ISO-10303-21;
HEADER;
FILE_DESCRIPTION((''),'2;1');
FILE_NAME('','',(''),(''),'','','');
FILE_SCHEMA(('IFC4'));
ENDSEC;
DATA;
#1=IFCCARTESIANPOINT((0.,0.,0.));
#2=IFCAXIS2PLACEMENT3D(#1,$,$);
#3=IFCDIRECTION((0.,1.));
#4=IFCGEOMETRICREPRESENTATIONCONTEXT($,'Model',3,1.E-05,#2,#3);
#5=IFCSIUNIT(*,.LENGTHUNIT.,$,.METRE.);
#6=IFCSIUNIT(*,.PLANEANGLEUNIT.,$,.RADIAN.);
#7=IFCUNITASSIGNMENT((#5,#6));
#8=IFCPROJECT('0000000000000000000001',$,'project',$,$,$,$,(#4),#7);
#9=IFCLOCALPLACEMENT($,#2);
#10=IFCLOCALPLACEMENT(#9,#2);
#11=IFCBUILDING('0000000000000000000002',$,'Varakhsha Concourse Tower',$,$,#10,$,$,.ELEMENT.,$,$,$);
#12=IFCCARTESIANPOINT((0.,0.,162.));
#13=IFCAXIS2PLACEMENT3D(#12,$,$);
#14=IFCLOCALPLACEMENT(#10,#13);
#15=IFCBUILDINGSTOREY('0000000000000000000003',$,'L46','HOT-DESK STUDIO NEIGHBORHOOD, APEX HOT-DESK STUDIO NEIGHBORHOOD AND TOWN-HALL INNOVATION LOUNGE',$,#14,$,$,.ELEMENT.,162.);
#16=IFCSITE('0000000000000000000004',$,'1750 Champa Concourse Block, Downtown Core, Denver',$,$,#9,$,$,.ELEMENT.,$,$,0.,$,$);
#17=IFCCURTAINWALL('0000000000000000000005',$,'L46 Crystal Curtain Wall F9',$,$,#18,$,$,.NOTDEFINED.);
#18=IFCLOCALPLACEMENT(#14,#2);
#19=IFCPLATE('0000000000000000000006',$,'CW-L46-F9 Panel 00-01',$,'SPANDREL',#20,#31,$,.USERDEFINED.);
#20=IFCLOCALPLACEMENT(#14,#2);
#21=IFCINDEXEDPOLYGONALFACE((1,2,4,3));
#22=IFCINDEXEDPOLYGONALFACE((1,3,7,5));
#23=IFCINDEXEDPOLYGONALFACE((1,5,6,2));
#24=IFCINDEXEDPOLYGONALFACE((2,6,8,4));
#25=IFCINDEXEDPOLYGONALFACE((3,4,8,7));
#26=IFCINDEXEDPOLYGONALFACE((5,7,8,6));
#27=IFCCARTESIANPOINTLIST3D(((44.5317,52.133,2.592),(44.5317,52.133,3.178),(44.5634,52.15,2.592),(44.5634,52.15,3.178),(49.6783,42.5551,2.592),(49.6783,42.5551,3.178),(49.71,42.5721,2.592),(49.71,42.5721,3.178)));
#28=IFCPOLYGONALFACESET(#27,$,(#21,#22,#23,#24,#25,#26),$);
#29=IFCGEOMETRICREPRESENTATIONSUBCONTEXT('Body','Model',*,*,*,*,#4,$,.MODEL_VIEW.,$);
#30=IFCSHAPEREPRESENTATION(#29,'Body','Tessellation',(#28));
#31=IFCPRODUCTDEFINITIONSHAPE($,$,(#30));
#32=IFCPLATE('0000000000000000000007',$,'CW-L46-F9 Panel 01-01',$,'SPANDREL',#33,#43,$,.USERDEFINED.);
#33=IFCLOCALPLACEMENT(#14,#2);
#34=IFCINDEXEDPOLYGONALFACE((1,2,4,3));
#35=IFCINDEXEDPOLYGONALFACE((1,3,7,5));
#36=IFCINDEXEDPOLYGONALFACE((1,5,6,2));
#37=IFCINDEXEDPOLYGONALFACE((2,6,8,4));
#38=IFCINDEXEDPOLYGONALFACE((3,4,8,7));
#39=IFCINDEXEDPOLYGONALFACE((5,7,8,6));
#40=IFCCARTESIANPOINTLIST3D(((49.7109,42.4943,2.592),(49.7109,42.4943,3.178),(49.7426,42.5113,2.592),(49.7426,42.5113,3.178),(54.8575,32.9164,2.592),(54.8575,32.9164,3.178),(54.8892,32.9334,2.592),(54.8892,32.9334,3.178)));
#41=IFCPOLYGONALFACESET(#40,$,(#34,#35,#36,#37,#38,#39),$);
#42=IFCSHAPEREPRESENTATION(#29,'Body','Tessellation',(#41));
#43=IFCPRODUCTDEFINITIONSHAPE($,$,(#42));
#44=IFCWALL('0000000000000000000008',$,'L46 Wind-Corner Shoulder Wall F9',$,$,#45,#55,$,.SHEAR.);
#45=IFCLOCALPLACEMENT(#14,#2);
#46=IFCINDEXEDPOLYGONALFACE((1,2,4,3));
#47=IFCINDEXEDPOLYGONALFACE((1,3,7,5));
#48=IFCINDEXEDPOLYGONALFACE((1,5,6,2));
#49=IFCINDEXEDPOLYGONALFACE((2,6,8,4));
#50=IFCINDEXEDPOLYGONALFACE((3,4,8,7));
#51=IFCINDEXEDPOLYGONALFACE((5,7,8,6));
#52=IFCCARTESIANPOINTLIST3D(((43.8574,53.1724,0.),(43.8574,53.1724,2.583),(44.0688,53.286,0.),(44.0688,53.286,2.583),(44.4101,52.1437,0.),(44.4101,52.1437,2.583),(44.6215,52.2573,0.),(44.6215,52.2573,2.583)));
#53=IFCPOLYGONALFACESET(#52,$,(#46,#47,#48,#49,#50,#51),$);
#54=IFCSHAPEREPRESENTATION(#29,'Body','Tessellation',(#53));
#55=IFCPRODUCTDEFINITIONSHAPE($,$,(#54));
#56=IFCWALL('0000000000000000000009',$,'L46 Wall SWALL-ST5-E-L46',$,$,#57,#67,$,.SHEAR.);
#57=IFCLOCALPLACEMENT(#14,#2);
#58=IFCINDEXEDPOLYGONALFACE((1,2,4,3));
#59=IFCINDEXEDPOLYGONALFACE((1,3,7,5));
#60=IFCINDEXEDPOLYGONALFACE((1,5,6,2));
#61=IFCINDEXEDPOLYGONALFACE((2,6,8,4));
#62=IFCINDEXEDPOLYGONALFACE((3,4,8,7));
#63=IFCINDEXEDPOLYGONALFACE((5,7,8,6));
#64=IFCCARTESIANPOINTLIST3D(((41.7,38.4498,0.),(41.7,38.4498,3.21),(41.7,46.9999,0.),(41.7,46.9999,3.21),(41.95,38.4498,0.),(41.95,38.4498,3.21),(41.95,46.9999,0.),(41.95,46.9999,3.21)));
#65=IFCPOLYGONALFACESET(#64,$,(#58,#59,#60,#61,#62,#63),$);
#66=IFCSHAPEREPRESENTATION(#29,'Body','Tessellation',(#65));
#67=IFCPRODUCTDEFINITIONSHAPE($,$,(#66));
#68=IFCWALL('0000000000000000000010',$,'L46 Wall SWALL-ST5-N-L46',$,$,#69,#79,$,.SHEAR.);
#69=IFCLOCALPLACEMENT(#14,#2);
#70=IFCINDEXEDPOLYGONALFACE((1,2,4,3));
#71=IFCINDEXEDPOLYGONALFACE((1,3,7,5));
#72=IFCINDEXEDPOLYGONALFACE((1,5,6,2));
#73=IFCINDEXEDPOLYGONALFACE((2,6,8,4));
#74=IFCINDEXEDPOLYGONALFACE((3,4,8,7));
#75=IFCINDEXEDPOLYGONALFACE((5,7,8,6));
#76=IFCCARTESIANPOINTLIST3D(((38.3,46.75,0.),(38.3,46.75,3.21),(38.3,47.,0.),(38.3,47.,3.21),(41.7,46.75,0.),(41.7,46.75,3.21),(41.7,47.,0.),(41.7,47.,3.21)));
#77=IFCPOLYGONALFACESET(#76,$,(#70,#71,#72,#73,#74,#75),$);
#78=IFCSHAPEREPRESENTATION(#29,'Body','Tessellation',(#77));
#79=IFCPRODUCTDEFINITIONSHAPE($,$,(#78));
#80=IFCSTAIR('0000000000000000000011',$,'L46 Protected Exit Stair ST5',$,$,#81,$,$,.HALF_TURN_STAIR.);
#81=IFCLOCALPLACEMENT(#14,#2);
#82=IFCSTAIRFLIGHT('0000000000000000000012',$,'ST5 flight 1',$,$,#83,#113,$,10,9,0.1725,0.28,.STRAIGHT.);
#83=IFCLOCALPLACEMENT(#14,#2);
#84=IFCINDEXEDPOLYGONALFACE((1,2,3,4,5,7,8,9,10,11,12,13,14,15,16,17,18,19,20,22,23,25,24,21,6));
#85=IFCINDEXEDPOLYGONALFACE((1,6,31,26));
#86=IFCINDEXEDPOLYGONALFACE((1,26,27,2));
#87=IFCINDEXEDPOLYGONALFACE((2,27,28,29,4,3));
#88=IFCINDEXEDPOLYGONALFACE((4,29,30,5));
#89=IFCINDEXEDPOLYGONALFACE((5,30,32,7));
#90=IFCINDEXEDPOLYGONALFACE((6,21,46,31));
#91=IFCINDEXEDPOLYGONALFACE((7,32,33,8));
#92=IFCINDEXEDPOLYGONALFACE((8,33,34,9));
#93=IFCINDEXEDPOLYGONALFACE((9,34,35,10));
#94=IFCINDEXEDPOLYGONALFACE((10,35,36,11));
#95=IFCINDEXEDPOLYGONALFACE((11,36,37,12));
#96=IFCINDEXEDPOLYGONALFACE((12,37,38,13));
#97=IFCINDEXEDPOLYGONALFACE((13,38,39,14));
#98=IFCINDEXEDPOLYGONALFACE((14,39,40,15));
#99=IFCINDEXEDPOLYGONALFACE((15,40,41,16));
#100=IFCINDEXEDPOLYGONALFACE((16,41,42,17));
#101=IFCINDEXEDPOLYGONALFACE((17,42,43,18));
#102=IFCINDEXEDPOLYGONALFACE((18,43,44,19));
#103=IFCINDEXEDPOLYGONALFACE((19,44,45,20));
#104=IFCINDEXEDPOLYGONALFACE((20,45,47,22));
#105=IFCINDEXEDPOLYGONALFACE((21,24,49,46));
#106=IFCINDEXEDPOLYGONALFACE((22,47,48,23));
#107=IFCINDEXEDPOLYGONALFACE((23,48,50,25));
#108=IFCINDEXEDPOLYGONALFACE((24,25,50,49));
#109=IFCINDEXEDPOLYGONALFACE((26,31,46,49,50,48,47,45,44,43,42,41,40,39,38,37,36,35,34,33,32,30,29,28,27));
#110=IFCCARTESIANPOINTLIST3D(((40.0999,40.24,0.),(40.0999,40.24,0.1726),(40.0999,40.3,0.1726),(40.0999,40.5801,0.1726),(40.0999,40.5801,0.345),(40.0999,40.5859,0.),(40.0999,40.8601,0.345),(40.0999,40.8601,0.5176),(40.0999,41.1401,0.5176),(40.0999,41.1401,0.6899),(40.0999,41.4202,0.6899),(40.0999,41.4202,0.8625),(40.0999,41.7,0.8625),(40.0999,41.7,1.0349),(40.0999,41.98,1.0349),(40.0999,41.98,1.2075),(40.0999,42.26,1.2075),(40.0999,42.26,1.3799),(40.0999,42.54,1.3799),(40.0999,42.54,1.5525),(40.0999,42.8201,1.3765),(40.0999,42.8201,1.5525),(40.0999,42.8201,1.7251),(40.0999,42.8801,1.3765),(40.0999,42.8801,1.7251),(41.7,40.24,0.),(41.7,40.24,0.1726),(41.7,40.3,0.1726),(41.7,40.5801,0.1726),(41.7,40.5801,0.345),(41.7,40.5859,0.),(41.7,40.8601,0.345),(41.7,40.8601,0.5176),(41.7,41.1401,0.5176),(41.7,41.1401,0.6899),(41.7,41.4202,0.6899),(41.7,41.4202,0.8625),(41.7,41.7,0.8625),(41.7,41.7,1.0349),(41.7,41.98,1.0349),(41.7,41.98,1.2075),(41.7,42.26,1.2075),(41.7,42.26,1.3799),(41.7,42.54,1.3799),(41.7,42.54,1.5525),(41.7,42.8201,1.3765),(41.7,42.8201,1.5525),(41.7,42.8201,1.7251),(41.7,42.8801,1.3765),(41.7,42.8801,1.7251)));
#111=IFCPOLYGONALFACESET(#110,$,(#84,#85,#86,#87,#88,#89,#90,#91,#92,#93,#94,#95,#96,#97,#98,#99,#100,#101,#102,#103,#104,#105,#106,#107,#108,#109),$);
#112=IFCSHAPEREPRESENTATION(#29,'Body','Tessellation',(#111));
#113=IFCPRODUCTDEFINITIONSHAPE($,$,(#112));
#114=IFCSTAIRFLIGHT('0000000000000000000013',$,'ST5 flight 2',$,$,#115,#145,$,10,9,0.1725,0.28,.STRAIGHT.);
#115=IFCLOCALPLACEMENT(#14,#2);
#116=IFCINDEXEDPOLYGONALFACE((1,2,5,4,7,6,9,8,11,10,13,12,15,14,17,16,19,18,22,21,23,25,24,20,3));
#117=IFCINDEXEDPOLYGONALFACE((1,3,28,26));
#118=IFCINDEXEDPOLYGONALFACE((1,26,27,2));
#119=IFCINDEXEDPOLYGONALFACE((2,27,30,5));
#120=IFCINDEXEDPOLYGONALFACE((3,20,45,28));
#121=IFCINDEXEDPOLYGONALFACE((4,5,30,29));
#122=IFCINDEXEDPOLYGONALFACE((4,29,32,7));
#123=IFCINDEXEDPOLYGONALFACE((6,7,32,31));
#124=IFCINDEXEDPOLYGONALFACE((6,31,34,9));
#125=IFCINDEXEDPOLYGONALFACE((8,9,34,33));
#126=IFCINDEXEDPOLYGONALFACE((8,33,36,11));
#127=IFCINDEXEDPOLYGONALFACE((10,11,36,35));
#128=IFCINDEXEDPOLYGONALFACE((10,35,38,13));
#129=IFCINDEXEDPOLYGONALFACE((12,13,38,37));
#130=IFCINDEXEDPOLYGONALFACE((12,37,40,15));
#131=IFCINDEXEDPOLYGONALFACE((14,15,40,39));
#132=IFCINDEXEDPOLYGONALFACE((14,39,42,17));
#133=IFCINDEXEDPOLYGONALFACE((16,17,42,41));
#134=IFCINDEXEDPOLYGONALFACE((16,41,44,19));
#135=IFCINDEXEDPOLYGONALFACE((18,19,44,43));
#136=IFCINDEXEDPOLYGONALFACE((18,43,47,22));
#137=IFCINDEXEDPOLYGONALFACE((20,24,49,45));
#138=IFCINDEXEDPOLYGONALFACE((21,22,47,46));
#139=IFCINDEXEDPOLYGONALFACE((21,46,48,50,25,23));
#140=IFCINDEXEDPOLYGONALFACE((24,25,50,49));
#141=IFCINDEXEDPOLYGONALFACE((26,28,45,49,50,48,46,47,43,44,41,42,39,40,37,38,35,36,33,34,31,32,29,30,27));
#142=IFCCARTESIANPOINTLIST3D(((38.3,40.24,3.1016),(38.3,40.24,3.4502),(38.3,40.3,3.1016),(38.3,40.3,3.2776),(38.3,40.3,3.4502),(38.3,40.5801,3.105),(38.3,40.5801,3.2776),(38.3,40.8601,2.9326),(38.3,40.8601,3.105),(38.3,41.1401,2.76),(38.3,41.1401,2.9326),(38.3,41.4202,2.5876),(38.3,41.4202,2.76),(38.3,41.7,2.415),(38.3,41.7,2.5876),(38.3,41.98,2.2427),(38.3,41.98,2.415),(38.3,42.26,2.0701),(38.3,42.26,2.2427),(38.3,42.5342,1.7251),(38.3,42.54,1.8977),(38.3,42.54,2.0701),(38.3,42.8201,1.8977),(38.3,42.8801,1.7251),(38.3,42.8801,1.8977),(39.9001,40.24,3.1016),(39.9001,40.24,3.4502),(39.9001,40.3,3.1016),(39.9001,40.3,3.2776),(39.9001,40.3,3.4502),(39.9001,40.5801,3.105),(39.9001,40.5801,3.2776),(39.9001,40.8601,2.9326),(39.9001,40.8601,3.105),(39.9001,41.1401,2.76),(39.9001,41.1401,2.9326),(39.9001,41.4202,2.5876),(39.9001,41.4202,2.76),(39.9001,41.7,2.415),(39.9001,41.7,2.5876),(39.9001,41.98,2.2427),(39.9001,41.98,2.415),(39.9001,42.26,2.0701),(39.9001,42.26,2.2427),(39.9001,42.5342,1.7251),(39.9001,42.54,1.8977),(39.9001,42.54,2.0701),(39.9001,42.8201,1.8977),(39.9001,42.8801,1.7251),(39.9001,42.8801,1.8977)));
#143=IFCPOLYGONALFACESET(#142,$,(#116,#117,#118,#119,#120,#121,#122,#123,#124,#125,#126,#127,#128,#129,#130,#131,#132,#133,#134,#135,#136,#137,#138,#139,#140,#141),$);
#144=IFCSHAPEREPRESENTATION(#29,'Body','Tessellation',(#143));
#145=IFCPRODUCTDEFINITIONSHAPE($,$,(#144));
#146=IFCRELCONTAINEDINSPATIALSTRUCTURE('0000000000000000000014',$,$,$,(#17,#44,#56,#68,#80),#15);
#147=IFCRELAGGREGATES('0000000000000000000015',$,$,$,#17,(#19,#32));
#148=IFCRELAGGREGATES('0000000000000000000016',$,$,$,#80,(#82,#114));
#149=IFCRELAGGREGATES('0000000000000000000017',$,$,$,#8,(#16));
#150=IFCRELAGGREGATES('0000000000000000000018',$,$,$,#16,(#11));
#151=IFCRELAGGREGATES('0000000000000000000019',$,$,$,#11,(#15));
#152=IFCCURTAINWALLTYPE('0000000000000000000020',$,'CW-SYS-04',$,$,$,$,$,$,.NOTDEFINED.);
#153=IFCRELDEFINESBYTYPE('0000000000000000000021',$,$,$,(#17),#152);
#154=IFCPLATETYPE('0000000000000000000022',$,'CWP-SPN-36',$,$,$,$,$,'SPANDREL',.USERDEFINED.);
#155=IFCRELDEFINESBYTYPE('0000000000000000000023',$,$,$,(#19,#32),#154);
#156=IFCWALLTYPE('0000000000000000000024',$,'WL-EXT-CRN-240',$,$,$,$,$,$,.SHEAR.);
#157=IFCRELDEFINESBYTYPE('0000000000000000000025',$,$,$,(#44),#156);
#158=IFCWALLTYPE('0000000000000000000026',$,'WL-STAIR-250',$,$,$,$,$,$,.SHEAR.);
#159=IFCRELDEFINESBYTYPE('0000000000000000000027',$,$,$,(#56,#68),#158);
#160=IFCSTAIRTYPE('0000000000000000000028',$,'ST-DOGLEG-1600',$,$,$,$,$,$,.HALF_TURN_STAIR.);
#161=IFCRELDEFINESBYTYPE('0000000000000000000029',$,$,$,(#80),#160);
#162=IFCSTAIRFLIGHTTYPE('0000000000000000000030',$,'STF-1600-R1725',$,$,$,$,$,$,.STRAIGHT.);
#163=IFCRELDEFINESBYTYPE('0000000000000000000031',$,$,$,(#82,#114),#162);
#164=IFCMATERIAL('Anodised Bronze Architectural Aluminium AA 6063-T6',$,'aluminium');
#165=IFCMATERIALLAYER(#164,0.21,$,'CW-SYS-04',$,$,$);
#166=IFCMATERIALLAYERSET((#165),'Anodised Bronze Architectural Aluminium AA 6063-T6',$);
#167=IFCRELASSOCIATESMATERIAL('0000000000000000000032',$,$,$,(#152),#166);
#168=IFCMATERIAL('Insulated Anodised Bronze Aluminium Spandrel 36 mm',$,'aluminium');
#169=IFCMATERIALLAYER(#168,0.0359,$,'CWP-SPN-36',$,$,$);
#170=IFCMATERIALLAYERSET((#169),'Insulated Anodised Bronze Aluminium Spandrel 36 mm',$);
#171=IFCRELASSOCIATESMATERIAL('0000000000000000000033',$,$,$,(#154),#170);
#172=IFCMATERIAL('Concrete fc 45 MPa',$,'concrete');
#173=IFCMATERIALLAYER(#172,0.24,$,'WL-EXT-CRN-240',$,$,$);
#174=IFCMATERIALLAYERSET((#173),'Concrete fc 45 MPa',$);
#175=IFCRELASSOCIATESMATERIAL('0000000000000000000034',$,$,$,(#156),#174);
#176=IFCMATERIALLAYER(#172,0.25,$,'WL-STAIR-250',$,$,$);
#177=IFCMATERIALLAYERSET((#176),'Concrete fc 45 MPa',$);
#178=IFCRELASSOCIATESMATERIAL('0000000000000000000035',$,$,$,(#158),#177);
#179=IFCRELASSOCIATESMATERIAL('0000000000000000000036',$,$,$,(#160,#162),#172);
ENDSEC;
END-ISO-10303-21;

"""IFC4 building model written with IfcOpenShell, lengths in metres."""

from ifc_helpers import new_model, si_unit, direction, frame, frame_2d, origin, origin_2d, place, context, subcontext, project, spatial, polyline, rectangle, outline, extrude, source, transform, mapped, material, layer, layer_set, type_object, type_shapes, element, aggregate, save


model = new_model("IFC4")

# Units and contexts
model_context = context("Model", 3, precision=1e-05, world=origin(), true_north=direction((0.0, 1.0)))
body_context = subcontext(model_context, "Body", "Model", "MODEL_VIEW")
ifc_project = project(units=[si_unit("LENGTHUNIT", "METRE"), si_unit("PLANEANGLEUNIT", "RADIAN")], contexts=[model_context])

# Site, building, storey
site_placement = place(None, origin())
site = spatial("IfcSite", under=ifc_project, at=site_placement, Name="1750 Champa Concourse Block, Downtown Core, Denver", CompositionType="ELEMENT", RefElevation=0.0)
building_placement = place(site_placement, origin())
building = spatial("IfcBuilding", under=site, at=building_placement, Name="Varakhsha Concourse Tower", CompositionType="ELEMENT")
storey_placement = place(building_placement, frame((0.0, 0.0, 162.0)))
storey = spatial("IfcBuildingStorey", under=building, at=storey_placement, Name="L46", Description="HOT-DESK STUDIO NEIGHBORHOOD, APEX HOT-DESK STUDIO NEIGHBORHOOD AND TOWN-HALL INNOVATION LOUNGE", CompositionType="ELEMENT", Elevation=162.0)

# Curtain wall
ifc_material_1 = material(Name="Anodised Bronze Architectural Aluminium AA 6063-T6", Category="aluminium")
ifc_layer_1 = layer(ifc_material_1, 0.21, Name="CW-SYS-04")
ifc_layer_set_1 = layer_set([ifc_layer_1], Name="Anodised Bronze Architectural Aluminium AA 6063-T6")
curtain_wall_type = type_object("IfcCurtainWallType", Name="CW-SYS-04", PredefinedType="NOTDEFINED", material=ifc_layer_set_1)
curtain_wall_placement = place(storey_placement, origin())
curtain_wall = element("IfcCurtainWall", 1, at=curtain_wall_placement, inside=storey, type_object=curtain_wall_type, Name="L46 Crystal Curtain Wall F9", PredefinedType="NOTDEFINED")

# Plates
ifc_material_2 = material(Name="Insulated Anodised Bronze Aluminium Spandrel 36 mm", Category="aluminium")
ifc_layer_2 = layer(ifc_material_2, 0.0359, Name="CWP-SPN-36")
ifc_layer_set_2 = layer_set([ifc_layer_2], Name="Insulated Anodised Bronze Aluminium Spandrel 36 mm")
plate_type_1 = type_object("IfcPlateType", Name="CWP-SPN-36", ElementType="SPANDREL", PredefinedType="USERDEFINED", material=ifc_layer_set_2)
shared_shape_1 = source(origin(), body_context, "Body", "SweptSolid", [
    extrude(rectangle(XDim=10.873, YDim=0.0359, at=origin_2d()), origin(), (0.0, 0.0, 1.0), 0.5859),
])
type_shapes(plate_type_1, [shared_shape_1])
plate_1_placement = place(storey_placement, frame((47.1208, 47.3525, 2.592), z_axis=(0.0, 0.0, 1.0), x_axis=(0.473337, -0.880882, 0.0)))
plate_1 = element("IfcPlate", 2, at=plate_1_placement, type_object=plate_type_1, Name="CW-L46-F9 Panel 00-01", ObjectType="SPANDREL", PredefinedType="USERDEFINED", context=body_context, shape_type="MappedRepresentation", body=[
    mapped(shared_shape_1, transform((0.0, 0.0, 0.0), scale=1.0)),
])
plate_2_placement = place(storey_placement, frame((52.3, 37.7139, 2.592), z_axis=(0.0, 0.0, 1.0), x_axis=(0.473337, -0.880882, 0.0)))
plate_2 = element("IfcPlate", 3, at=plate_2_placement, type_object=plate_type_1, Name="CW-L46-F9 Panel 01-01", ObjectType="SPANDREL", PredefinedType="USERDEFINED", context=body_context, shape_type="MappedRepresentation", body=[
    mapped(shared_shape_1, transform((0.0, 0.0, 0.0), scale=1.0)),
])
aggregate(curtain_wall, [plate_1, plate_2])

# Walls
ifc_material_3 = material(Name="Concrete fc 45 MPa", Category="concrete")
ifc_layer_3 = layer(ifc_material_3, 0.24, Name="WL-EXT-CRN-240")
ifc_layer_set_3 = layer_set([ifc_layer_3], Name="Concrete fc 45 MPa")
wall_type_1 = type_object("IfcWallType", Name="WL-EXT-CRN-240", PredefinedType="SHEAR", material=ifc_layer_set_3)
wall_1_placement = place(storey_placement, frame((44.5159, 52.2004, 0.0), z_axis=(0.0, 0.0, 1.0), x_axis=(-0.473364, 0.880867, 0.0)))
element("IfcWall", 4, at=wall_1_placement, inside=storey, type_object=wall_type_1, Name="L46 Wind-Corner Shoulder Wall F9", PredefinedType="SHEAR", context=body_context, shape_type="SweptSolid", body=[
    extrude(rectangle(XDim=1.1677, YDim=0.24, at=frame_2d((0.584, 0.0))), origin(), (0.0, 0.0, 1.0), 2.583),
])
ifc_layer_4 = layer(ifc_material_3, 0.25, Name="WL-STAIR-250")
ifc_layer_set_4 = layer_set([ifc_layer_4], Name="Concrete fc 45 MPa")
wall_type_2 = type_object("IfcWallType", Name="WL-STAIR-250", PredefinedType="SHEAR", material=ifc_layer_set_4)
wall_2_placement = place(storey_placement, frame((41.825, 38.45, 0.0), z_axis=(0.0, 0.0, 1.0), x_axis=(0.0, 1.0, 0.0)))
element("IfcWall", 5, at=wall_2_placement, inside=storey, type_object=wall_type_2, Name="L46 Wall SWALL-ST5-E-L46", PredefinedType="SHEAR", context=body_context, shape_type="SweptSolid", body=[
    extrude(rectangle(XDim=8.55, YDim=0.25, at=frame_2d((4.2749, 0.0))), origin(), (0.0, 0.0, 1.0), 3.21),
])
wall_3_placement = place(storey_placement, frame((38.3, 46.875, 0.0), z_axis=(0.0, 0.0, 1.0), x_axis=(1.0, 0.0, 0.0)))
element("IfcWall", 6, at=wall_3_placement, inside=storey, type_object=wall_type_2, Name="L46 Wall SWALL-ST5-N-L46", PredefinedType="SHEAR", context=body_context, shape_type="SweptSolid", body=[
    extrude(rectangle(XDim=3.3999, YDim=0.25, at=frame_2d((1.7, 0.0))), origin(), (0.0, 0.0, 1.0), 3.21),
])

# Stair, stair flights
stair_type = type_object("IfcStairType", Name="ST-DOGLEG-1600", PredefinedType="HALF_TURN_STAIR", material=ifc_material_3)
stair_placement = place(storey_placement, origin())
stair = element("IfcStair", 7, at=stair_placement, inside=storey, type_object=stair_type, Name="L46 Protected Exit Stair ST5", PredefinedType="HALF_TURN_STAIR")
stair_flight_type = type_object("IfcStairFlightType", Name="STF-1600-R1725", PredefinedType="STRAIGHT", material=ifc_material_3)
stair_flight_1_placement = place(storey_placement, frame((40.8999, 40.3, 0.0), z_axis=(0.0, 0.0, 1.0), x_axis=(0.0, 1.0, 0.0)))
stair_flight_1 = element("IfcStairFlight", 8, at=stair_flight_1_placement, type_object=stair_flight_type, Name="ST5 flight 1", NumberOfRisers=10, NumberOfTreads=9, PredefinedType="STRAIGHT", RiserHeight=0.1725, TreadLength=0.28, context=body_context, shape_type="SweptSolid", body=[
    extrude(outline(polyline([(-0.0601, 0.0), (-0.0601, 0.1726), (0.0, 0.1726), (0.28, 0.1726), (0.28, 0.345), (0.5601, 0.345), (0.5601, 0.5176), (0.8401, 0.5176), (0.8401, 0.6899), (1.1201, 0.6899), (1.1201, 0.8625), (1.3999, 0.8625), (1.3999, 1.0349), (1.6799, 1.0349), (1.6799, 1.2075), (1.96, 1.2075), (1.96, 1.3799), (2.24, 1.3799), (2.24, 1.5525), (2.52, 1.5525), (2.52, 1.7251), (2.5801, 1.7251), (2.5801, 1.3765), (2.52, 1.3765), (0.2859, 0.0), (-0.0601, 0.0)])), frame((0.0, 0.8, 0.0), z_axis=(0.0, -1.0, 0.0), x_axis=(1.0, 0.0, 0.0)), (0.0, 0.0, 1.0), 1.6001),
])
stair_flight_2_placement = place(storey_placement, frame((39.1001, 42.8201, 1.7251), z_axis=(0.0, 0.0, 1.0), x_axis=(0.0, -1.0, 0.0)))
stair_flight_2 = element("IfcStairFlight", 9, at=stair_flight_2_placement, type_object=stair_flight_type, Name="ST5 flight 2", NumberOfRisers=10, NumberOfTreads=9, PredefinedType="STRAIGHT", RiserHeight=0.1725, TreadLength=0.28, context=body_context, shape_type="SweptSolid", body=[
    extrude(outline(polyline([(-0.0601, 0.0), (-0.0601, 0.1726), (0.0, 0.1726), (0.28, 0.1726), (0.28, 0.345), (0.5601, 0.345), (0.5601, 0.5176), (0.8401, 0.5176), (0.8401, 0.6899), (1.1201, 0.6899), (1.1201, 0.8625), (1.3999, 0.8625), (1.3999, 1.0349), (1.6799, 1.0349), (1.6799, 1.2075), (1.96, 1.2075), (1.96, 1.3799), (2.24, 1.3799), (2.24, 1.5525), (2.52, 1.5525), (2.52, 1.7251), (2.5801, 1.7251), (2.5801, 1.3765), (2.52, 1.3765), (0.2859, 0.0), (-0.0601, 0.0)])), frame((0.0, 0.8, 0.0), z_axis=(0.0, -1.0, 0.0), x_axis=(1.0, 0.0, 0.0)), (0.0, 0.0, 1.0), 1.6001),
])
aggregate(stair, [stair_flight_1, stair_flight_2])

save(model, "model.ifc")
